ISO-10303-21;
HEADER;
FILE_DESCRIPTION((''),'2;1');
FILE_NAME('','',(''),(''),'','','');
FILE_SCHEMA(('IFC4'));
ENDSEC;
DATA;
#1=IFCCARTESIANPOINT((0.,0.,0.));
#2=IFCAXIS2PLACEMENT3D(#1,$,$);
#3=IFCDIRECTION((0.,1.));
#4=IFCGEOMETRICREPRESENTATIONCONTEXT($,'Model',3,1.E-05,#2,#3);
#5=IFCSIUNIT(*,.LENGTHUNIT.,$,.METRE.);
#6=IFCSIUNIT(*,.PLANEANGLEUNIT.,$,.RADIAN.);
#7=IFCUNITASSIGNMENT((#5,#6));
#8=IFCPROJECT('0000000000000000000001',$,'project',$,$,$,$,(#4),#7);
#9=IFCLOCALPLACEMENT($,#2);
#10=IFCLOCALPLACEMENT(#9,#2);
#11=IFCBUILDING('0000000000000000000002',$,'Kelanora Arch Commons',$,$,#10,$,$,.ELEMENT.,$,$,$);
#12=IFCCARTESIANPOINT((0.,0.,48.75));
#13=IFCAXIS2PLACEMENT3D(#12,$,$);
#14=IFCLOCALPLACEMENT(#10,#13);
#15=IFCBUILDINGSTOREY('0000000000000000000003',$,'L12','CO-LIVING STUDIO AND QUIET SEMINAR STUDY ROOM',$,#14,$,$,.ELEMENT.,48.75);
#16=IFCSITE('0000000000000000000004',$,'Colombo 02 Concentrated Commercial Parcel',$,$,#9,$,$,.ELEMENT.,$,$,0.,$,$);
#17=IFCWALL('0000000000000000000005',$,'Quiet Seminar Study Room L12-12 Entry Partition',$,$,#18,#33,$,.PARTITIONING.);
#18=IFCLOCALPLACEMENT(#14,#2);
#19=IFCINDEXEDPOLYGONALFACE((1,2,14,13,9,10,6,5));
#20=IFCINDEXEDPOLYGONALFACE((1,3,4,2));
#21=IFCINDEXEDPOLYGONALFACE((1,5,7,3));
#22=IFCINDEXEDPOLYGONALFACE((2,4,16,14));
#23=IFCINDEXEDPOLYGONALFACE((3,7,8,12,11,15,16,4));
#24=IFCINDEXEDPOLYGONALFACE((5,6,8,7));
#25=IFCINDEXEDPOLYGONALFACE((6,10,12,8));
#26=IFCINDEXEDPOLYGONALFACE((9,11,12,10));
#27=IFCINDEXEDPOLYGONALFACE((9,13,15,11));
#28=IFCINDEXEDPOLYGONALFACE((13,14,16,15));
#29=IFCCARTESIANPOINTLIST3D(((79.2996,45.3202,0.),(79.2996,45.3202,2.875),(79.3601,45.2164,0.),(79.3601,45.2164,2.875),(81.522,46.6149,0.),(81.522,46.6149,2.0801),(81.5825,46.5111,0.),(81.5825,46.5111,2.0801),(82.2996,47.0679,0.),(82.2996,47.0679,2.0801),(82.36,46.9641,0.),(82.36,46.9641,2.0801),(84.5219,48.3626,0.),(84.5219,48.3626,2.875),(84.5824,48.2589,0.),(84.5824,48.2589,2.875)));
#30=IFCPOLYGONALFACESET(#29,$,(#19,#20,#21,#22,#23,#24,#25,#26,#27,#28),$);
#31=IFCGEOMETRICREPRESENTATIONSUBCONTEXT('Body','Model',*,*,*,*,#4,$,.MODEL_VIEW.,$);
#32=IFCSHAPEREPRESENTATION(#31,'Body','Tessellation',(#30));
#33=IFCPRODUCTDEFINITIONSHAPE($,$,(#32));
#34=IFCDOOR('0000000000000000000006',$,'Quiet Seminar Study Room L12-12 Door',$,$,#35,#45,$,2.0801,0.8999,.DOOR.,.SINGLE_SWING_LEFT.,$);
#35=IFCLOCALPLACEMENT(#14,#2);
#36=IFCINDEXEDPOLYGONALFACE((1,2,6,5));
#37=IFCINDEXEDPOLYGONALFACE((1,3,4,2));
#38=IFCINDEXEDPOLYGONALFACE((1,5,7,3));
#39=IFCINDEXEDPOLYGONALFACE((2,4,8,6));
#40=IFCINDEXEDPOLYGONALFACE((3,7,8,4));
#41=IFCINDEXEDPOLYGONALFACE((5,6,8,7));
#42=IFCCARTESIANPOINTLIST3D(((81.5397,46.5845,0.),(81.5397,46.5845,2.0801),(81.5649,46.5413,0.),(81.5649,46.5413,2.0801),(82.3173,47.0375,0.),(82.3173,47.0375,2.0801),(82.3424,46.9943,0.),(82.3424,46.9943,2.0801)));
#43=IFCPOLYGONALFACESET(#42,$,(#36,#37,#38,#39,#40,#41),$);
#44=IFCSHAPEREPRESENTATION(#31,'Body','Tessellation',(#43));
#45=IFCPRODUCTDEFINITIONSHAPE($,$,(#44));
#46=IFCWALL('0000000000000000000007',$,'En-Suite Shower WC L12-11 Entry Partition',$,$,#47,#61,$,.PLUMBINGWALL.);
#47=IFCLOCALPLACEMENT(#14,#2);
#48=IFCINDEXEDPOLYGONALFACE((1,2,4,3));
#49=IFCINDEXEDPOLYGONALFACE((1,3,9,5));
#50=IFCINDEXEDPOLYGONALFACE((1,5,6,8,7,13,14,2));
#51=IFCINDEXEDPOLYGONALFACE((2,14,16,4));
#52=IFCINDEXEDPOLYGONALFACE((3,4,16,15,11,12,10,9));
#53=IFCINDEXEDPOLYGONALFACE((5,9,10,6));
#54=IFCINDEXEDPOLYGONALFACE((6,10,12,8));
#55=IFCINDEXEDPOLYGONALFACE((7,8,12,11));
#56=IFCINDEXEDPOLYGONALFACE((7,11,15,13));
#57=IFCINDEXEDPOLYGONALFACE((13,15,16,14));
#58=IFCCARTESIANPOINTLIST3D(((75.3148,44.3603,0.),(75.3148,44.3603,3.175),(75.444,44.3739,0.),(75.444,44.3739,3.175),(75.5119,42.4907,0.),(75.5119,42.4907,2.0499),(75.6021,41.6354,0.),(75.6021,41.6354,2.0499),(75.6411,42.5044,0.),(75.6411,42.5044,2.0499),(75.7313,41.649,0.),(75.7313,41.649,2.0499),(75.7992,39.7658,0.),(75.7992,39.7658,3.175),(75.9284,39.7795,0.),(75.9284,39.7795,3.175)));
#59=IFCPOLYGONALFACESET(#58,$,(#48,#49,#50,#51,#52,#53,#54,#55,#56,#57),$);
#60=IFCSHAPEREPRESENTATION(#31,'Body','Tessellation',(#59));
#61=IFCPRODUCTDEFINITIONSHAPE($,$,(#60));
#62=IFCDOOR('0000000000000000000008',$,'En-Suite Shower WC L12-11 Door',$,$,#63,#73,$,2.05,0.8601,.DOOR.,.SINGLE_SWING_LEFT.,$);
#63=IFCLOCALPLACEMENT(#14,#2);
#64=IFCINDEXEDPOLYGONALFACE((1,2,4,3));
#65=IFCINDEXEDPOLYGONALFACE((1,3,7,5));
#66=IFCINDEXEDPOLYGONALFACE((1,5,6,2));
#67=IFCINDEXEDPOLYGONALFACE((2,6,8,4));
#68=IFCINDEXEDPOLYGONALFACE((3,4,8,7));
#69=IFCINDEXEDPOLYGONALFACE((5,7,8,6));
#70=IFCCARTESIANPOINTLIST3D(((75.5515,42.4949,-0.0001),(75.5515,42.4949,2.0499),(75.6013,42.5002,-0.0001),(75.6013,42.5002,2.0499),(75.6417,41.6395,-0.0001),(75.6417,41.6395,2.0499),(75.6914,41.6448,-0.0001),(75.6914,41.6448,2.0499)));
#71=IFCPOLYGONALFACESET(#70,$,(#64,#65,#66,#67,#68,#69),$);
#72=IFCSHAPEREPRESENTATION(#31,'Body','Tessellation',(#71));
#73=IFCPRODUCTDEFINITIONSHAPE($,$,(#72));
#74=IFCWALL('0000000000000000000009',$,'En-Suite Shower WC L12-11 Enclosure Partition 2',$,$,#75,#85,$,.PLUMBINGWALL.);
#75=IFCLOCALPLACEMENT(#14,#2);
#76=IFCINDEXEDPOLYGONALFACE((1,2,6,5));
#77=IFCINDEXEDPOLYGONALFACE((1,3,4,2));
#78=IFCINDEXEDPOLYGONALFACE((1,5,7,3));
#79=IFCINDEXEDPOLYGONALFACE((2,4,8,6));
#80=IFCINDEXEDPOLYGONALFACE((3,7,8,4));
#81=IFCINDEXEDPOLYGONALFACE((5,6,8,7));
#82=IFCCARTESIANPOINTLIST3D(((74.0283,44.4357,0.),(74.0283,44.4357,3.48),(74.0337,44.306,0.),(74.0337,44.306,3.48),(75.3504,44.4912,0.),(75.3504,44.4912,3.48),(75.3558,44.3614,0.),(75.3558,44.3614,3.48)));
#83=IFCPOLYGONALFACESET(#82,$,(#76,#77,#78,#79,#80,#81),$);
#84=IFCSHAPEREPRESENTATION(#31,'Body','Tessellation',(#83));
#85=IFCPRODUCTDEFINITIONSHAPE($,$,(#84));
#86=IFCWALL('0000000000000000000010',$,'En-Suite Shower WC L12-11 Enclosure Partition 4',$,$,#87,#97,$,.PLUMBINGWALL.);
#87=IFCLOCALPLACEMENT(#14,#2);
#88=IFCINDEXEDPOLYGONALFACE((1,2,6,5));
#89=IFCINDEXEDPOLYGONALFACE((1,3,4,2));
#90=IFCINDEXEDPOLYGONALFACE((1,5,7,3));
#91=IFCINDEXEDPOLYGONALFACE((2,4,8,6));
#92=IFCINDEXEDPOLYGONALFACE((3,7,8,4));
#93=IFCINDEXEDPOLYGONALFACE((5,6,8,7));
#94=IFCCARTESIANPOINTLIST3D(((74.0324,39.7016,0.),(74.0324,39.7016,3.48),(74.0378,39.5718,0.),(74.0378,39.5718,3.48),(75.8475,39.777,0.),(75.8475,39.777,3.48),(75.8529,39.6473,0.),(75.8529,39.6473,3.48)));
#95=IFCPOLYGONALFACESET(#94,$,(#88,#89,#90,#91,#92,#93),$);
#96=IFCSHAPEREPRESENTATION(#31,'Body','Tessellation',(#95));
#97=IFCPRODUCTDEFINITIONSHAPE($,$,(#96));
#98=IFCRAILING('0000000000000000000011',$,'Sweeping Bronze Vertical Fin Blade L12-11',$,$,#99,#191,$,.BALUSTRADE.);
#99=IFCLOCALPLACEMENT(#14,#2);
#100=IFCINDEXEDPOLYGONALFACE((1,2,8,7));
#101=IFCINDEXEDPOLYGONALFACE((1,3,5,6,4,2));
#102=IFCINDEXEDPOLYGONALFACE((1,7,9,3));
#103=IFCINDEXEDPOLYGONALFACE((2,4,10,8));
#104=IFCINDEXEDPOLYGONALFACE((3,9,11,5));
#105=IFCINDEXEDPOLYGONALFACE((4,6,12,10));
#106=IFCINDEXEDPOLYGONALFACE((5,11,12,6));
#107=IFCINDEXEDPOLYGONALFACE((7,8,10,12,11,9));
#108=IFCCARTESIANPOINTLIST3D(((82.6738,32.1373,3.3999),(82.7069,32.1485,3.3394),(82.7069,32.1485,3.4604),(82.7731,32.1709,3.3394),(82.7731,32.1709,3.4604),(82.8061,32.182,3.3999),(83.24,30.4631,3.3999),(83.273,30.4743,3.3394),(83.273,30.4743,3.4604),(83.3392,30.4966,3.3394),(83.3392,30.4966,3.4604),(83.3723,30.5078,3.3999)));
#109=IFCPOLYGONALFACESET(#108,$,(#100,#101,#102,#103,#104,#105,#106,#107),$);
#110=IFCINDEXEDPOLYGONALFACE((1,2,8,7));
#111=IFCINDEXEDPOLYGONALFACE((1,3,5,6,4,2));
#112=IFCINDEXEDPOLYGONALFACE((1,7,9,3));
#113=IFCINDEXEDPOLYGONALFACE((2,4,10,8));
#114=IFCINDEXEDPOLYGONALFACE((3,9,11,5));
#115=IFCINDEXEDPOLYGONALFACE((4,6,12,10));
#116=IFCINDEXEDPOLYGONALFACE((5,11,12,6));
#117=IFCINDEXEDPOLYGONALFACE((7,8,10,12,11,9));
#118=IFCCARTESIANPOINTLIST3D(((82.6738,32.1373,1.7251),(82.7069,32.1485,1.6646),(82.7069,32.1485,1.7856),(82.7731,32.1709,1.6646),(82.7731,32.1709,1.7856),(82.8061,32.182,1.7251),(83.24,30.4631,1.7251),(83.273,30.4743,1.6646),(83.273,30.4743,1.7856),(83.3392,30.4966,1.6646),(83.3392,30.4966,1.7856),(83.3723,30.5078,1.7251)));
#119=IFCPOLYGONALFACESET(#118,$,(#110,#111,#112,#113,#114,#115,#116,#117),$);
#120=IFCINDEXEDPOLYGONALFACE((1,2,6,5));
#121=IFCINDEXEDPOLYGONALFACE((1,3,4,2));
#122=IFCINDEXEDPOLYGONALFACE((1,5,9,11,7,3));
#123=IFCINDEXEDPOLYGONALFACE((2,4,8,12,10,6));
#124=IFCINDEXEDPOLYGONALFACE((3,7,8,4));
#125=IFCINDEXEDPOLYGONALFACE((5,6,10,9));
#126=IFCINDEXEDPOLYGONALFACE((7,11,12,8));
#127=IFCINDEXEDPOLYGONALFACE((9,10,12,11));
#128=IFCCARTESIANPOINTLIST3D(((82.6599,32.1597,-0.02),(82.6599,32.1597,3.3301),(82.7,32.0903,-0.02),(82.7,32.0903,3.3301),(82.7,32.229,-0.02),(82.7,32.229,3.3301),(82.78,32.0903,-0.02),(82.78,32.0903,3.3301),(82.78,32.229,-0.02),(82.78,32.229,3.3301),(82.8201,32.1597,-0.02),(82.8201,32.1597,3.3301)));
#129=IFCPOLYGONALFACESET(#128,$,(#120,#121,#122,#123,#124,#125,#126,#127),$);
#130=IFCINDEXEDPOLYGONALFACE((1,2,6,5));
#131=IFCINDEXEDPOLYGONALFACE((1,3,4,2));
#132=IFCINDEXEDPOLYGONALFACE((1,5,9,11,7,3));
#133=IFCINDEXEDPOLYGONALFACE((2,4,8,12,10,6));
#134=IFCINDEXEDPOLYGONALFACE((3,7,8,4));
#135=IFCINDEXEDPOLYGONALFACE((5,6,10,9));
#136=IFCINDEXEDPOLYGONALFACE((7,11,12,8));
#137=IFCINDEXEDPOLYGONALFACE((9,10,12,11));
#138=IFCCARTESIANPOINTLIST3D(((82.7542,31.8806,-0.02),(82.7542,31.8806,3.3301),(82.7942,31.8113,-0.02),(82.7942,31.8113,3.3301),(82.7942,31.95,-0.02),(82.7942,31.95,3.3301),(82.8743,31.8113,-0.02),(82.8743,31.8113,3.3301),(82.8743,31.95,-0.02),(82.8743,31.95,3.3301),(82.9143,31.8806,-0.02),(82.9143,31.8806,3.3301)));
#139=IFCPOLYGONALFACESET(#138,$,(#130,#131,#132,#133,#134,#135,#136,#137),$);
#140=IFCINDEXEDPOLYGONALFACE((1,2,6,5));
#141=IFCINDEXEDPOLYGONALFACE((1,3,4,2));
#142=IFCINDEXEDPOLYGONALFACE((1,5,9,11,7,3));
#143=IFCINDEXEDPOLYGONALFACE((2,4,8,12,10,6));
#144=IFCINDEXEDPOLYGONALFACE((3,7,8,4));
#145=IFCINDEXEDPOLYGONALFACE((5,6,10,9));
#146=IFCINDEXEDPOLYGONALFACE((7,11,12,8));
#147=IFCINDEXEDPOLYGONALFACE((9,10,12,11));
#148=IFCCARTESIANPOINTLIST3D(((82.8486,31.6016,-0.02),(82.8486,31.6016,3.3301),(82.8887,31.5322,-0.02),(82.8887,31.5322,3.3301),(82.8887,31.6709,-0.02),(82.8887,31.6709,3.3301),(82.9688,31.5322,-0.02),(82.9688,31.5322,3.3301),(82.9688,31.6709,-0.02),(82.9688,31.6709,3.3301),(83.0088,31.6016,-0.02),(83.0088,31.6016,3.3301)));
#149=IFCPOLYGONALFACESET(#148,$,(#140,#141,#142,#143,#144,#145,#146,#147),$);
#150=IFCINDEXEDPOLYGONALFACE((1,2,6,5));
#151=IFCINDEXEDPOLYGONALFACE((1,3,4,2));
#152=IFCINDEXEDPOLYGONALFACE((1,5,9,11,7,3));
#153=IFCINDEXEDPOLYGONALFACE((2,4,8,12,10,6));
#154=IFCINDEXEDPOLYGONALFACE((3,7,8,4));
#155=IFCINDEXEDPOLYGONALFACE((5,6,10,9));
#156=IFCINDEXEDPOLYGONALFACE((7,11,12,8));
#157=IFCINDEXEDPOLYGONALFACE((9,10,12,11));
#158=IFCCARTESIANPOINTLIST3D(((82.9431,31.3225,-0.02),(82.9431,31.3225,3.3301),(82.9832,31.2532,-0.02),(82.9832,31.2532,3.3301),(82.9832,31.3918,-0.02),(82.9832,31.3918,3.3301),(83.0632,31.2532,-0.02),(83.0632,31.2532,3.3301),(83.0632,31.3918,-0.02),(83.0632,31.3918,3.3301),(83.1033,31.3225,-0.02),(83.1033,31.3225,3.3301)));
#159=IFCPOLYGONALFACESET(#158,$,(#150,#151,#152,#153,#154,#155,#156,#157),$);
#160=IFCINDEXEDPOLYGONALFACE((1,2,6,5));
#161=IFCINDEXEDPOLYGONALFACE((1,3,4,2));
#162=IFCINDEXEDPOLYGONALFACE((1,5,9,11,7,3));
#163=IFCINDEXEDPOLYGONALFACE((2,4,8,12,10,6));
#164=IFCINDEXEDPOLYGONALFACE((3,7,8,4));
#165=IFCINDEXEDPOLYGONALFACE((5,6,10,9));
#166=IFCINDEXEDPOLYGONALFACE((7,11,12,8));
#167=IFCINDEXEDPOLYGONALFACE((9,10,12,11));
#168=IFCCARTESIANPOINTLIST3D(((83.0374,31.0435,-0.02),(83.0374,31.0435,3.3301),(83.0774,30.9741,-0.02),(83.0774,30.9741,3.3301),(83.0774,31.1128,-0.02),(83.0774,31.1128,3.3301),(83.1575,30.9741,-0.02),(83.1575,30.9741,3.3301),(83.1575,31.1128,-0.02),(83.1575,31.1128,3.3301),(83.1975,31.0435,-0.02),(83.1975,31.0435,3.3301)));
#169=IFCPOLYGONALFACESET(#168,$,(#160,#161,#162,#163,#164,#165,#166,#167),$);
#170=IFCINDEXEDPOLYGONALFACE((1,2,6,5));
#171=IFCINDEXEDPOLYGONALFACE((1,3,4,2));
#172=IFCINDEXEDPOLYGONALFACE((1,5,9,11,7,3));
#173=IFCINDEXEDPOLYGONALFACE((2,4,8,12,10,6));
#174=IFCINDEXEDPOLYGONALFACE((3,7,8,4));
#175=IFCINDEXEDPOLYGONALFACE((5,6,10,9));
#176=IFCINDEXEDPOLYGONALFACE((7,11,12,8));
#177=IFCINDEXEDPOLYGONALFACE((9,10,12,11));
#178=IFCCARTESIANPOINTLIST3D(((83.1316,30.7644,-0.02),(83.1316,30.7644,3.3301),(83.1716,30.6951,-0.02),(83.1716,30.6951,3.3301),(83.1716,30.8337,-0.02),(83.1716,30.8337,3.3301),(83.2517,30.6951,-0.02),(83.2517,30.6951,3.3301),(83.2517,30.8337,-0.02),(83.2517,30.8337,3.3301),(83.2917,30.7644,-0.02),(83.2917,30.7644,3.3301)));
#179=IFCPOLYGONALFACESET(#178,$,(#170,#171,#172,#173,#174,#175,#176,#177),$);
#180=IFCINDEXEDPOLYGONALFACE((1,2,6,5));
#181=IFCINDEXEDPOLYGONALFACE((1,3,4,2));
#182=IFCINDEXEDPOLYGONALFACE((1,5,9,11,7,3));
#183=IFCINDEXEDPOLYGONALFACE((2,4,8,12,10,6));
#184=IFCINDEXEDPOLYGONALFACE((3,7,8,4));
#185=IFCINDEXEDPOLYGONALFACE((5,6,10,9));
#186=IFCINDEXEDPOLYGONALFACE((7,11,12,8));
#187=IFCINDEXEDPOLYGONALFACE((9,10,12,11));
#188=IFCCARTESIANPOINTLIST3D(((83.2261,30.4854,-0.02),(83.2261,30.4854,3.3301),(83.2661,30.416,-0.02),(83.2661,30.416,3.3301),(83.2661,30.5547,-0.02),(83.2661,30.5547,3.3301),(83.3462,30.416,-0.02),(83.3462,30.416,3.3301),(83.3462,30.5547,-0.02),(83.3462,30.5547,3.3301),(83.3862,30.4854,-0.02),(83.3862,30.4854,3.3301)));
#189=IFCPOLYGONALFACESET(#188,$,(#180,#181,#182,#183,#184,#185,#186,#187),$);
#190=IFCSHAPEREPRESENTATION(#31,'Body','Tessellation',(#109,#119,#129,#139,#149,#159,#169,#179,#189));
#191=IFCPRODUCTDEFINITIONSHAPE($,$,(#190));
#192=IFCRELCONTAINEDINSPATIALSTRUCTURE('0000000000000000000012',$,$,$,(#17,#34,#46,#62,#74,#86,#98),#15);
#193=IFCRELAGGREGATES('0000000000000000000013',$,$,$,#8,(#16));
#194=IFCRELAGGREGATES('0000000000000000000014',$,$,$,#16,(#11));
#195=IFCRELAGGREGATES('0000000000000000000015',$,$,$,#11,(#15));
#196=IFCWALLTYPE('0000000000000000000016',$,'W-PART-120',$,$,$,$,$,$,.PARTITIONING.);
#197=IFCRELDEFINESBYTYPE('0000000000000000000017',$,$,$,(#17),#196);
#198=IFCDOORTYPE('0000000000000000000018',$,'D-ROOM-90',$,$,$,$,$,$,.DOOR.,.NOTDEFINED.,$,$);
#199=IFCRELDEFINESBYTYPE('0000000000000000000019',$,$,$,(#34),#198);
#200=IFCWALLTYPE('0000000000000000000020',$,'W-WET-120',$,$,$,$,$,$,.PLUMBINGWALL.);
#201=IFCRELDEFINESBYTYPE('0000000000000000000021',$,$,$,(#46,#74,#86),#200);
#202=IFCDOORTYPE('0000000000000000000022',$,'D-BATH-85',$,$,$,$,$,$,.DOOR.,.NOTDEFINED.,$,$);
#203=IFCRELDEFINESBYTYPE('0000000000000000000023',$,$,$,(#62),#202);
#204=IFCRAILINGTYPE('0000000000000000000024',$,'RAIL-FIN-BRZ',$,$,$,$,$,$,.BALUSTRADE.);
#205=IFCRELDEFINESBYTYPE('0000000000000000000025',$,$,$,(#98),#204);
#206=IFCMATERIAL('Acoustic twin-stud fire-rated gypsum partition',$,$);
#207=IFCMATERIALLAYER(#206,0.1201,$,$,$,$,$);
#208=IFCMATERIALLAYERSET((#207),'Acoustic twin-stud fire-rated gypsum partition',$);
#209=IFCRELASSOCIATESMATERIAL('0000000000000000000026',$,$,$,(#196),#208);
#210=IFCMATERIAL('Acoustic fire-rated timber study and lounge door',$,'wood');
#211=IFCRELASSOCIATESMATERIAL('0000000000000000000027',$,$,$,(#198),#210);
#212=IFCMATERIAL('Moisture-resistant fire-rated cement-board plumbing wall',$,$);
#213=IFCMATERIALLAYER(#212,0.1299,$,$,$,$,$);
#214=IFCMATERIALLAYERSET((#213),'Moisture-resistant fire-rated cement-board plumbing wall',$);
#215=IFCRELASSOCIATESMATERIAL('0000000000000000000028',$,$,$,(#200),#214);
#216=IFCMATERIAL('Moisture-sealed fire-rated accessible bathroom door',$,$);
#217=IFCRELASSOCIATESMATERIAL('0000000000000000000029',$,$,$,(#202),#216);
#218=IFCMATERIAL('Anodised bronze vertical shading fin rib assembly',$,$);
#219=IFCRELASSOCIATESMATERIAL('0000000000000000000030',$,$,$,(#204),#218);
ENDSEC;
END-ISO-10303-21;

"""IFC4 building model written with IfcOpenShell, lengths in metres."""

from ifc_helpers import new_model, si_unit, direction, frame, frame_2d, origin, place, context, subcontext, project, spatial, polyline, rectangle, outline, extrude, material, layer, layer_set, type_object, element, fill, save


model = new_model("IFC4")

# Units and contexts
model_context = context("Model", 3, precision=1e-05, world=origin(), true_north=direction((0.0, 1.0)))
body_context = subcontext(model_context, "Body", "Model", "MODEL_VIEW")
ifc_project = project(units=[si_unit("LENGTHUNIT", "METRE"), si_unit("PLANEANGLEUNIT", "RADIAN")], contexts=[model_context])

# Site, building, storey
site_placement = place(None, origin())
site = spatial("IfcSite", under=ifc_project, at=site_placement, Name="Colombo 02 Concentrated Commercial Parcel", CompositionType="ELEMENT", RefElevation=0.0)
building_placement = place(site_placement, origin())
building = spatial("IfcBuilding", under=site, at=building_placement, Name="Kelanora Arch Commons", CompositionType="ELEMENT")
storey_placement = place(building_placement, frame((0.0, 0.0, 48.75)))
storey = spatial("IfcBuildingStorey", under=building, at=storey_placement, Name="L12", Description="CO-LIVING STUDIO AND QUIET SEMINAR STUDY ROOM", CompositionType="ELEMENT", Elevation=48.75)

# Walls, openings, doors
ifc_material_1 = material(Name="Acoustic twin-stud fire-rated gypsum partition")
ifc_layer_1 = layer(ifc_material_1, 0.1201)
ifc_layer_set_1 = layer_set([ifc_layer_1], Name="Acoustic twin-stud fire-rated gypsum partition")
wall_type_1 = type_object("IfcWallType", Name="W-PART-120", PredefinedType="PARTITIONING", material=ifc_layer_set_1)
wall_1_placement = place(storey_placement, frame((79.3298, 45.2683, 0.0), z_axis=(0.0, 0.0, 1.0), x_axis=(0.864062, 0.503386, 0.0)))
wall_1 = element("IfcWall", 1, at=wall_1_placement, inside=storey, type_object=wall_type_1, Name="Quiet Seminar Study Room L12-12 Entry Partition", PredefinedType="PARTITIONING", context=body_context, shape_type="SweptSolid", body=[
    extrude(rectangle(XDim=6.0439, YDim=0.1201, at=frame_2d((3.022, 0.0))), origin(), (0.0, 0.0, 1.0), 2.875),
])
opening_1_placement = place(wall_1_placement, frame((2.572, 0.0, 0.0)))
opening_1 = element("IfcOpeningElement", 2, at=opening_1_placement, cuts=wall_1, PredefinedType="OPENING", context=body_context, shape_type="SweptSolid", body=[
    extrude(rectangle(XDim=0.8999, YDim=2.0801, at=frame_2d((0.45, 1.04))), frame((0.0, 0.0701, 0.0), z_axis=(0.0, -1.0, 0.0), x_axis=(1.0, 0.0, 0.0)), (0.0, 0.0, 1.0), 0.1401),
])
ifc_material_2 = material(Name="Acoustic fire-rated timber study and lounge door", Category="wood")
door_type_1 = type_object("IfcDoorType", Name="D-ROOM-90", OperationType="NOTDEFINED", PredefinedType="DOOR", material=ifc_material_2)
door_1_placement = place(opening_1_placement, origin())
door_1 = element("IfcDoor", 3, at=door_1_placement, inside=storey, type_object=door_type_1, Name="Quiet Seminar Study Room L12-12 Door", OperationType="SINGLE_SWING_LEFT", OverallHeight=2.0801, OverallWidth=0.8999, PredefinedType="DOOR", context=body_context, shape_type="SweptSolid", body=[
    extrude(rectangle(XDim=0.8999, YDim=2.0801, at=frame_2d((0.45, 1.04))), frame((0.0, 0.0249, 0.0), z_axis=(0.0, -1.0, 0.0), x_axis=(1.0, 0.0, 0.0)), (0.0, 0.0, 1.0), 0.05),
])
fill(opening_1, door_1)
ifc_material_3 = material(Name="Moisture-resistant fire-rated cement-board plumbing wall")
ifc_layer_2 = layer(ifc_material_3, 0.1299)
ifc_layer_set_2 = layer_set([ifc_layer_2], Name="Moisture-resistant fire-rated cement-board plumbing wall")
wall_type_2 = type_object("IfcWallType", Name="W-WET-120", PredefinedType="PLUMBINGWALL", material=ifc_layer_set_2)
wall_2_placement = place(storey_placement, frame((75.3794, 44.3672, 0.0), z_axis=(0.0, 0.0, 1.0), x_axis=(0.104844, -0.994489, 0.0)))
wall_2 = element("IfcWall", 4, at=wall_2_placement, inside=storey, type_object=wall_type_2, Name="En-Suite Shower WC L12-11 Entry Partition", PredefinedType="PLUMBINGWALL", context=body_context, shape_type="SweptSolid", body=[
    extrude(rectangle(XDim=4.6199, YDim=0.1299, at=frame_2d((2.3101, 0.0))), origin(), (0.0, 0.0, 1.0), 3.175),
])
opening_2_placement = place(wall_2_placement, frame((1.8799, 0.0, 0.0)))
opening_2 = element("IfcOpeningElement", 5, at=opening_2_placement, cuts=wall_2, PredefinedType="OPENING", context=body_context, shape_type="SweptSolid", body=[
    extrude(rectangle(XDim=0.8601, YDim=2.05, at=frame_2d((0.4302, 1.0249))), frame((0.0, 0.075, 0.0), z_axis=(0.0, -1.0, 0.0), x_axis=(1.0, 0.0, 0.0)), (0.0, 0.0, 1.0), 0.1499),
])
ifc_material_4 = material(Name="Moisture-sealed fire-rated accessible bathroom door")
door_type_2 = type_object("IfcDoorType", Name="D-BATH-85", OperationType="NOTDEFINED", PredefinedType="DOOR", material=ifc_material_4)
door_2_placement = place(opening_2_placement, origin())
door_2 = element("IfcDoor", 6, at=door_2_placement, inside=storey, type_object=door_type_2, Name="En-Suite Shower WC L12-11 Door", OperationType="SINGLE_SWING_LEFT", OverallHeight=2.05, OverallWidth=0.8601, PredefinedType="DOOR", context=body_context, shape_type="SweptSolid", body=[
    extrude(rectangle(XDim=0.8601, YDim=2.05, at=frame_2d((0.4302, 1.0249))), frame((0.0, 0.0249, 0.0), z_axis=(0.0, -1.0, 0.0), x_axis=(1.0, 0.0, 0.0)), (0.0, 0.0, 1.0), 0.05),
])
fill(opening_2, door_2)

# Walls
wall_3_placement = place(storey_placement, frame((74.031, 44.3708, 0.0), z_axis=(0.0, 0.0, 1.0), x_axis=(0.999122, 0.041884, 0.0)))
element("IfcWall", 7, at=wall_3_placement, inside=storey, type_object=wall_type_2, Name="En-Suite Shower WC L12-11 Enclosure Partition 2", PredefinedType="PLUMBINGWALL", context=body_context, shape_type="SweptSolid", body=[
    extrude(rectangle(XDim=1.3232, YDim=0.1299, at=frame_2d((0.6616, 0.0))), origin(), (0.0, 0.0, 1.0), 3.48),
])
wall_4_placement = place(storey_placement, frame((75.8501, 39.7122, 0.0), z_axis=(0.0, 0.0, 1.0), x_axis=(-0.999137, -0.041524, 0.0)))
element("IfcWall", 8, at=wall_4_placement, inside=storey, type_object=wall_type_2, Name="En-Suite Shower WC L12-11 Enclosure Partition 4", PredefinedType="PLUMBINGWALL", context=body_context, shape_type="SweptSolid", body=[
    extrude(rectangle(XDim=1.8167, YDim=0.1299, at=frame_2d((0.9082, 0.0))), origin(), (0.0, 0.0, 1.0), 3.48),
])

# Railing
ifc_material_5 = material(Name="Anodised bronze vertical shading fin rib assembly")
railing_type = type_object("IfcRailingType", Name="RAIL-FIN-BRZ", PredefinedType="BALUSTRADE", material=ifc_material_5)
railing_placement = place(storey_placement, frame((82.74, 32.1597, -0.02)))
element("IfcRailing", 9, at=railing_placement, inside=storey, type_object=railing_type, Name="Sweeping Bronze Vertical Fin Blade L12-11", PredefinedType="BALUSTRADE", context=body_context, shape_type="SweptSolid", body=[
    extrude(outline(polyline([(0.0698, 0.0), (0.0349, 0.0605), (-0.0349, 0.0605), (-0.0698, 0.0), (-0.0349, -0.0605), (0.0349, -0.0605), (0.0698, 0.0)])), frame((0.0, 0.0, 3.4199), z_axis=(0.320327, -0.947307, 0.0), x_axis=(0.947307, 0.320327, 0.0)), (0.0, 0.0, 1.0), 1.7673),
    extrude(outline(polyline([(0.0698, 0.0), (0.0349, 0.0605), (-0.0349, 0.0605), (-0.0698, 0.0), (-0.0349, -0.0605), (0.0349, -0.0605), (0.0698, 0.0)])), frame((0.0, 0.0, 1.7451), z_axis=(0.320327, -0.947307, 0.0), x_axis=(0.947307, 0.320327, 0.0)), (0.0, 0.0, 1.0), 1.7673),
    extrude(outline(polyline([(0.0801, 0.0), (0.04, 0.0693), (-0.04, 0.0693), (-0.0801, 0.0), (-0.04, -0.0693), (0.04, -0.0693), (0.0801, 0.0)])), origin(), (0.0, 0.0, 1.0), 3.3501),
    extrude(outline(polyline([(0.0801, 0.0), (0.04, 0.0693), (-0.04, 0.0693), (-0.0801, 0.0), (-0.04, -0.0693), (0.04, -0.0693), (0.0801, 0.0)])), frame((0.0942, -0.2791, 0.0)), (0.0, 0.0, 1.0), 3.3501),
    extrude(outline(polyline([(0.0801, 0.0), (0.04, 0.0693), (-0.04, 0.0693), (-0.0801, 0.0), (-0.04, -0.0693), (0.04, -0.0693), (0.0801, 0.0)])), frame((0.1887, -0.5581, 0.0)), (0.0, 0.0, 1.0), 3.3501),
    extrude(outline(polyline([(0.0801, 0.0), (0.04, 0.0693), (-0.04, 0.0693), (-0.0801, 0.0), (-0.04, -0.0693), (0.04, -0.0693), (0.0801, 0.0)])), frame((0.2832, -0.8372, 0.0)), (0.0, 0.0, 1.0), 3.3501),
    extrude(outline(polyline([(0.0801, 0.0), (0.04, 0.0693), (-0.04, 0.0693), (-0.0801, 0.0), (-0.04, -0.0693), (0.04, -0.0693), (0.0801, 0.0)])), frame((0.3774, -1.1162, 0.0)), (0.0, 0.0, 1.0), 3.3501),
    extrude(outline(polyline([(0.0801, 0.0), (0.04, 0.0693), (-0.04, 0.0693), (-0.0801, 0.0), (-0.04, -0.0693), (0.04, -0.0693), (0.0801, 0.0)])), frame((0.4717, -1.3953, 0.0)), (0.0, 0.0, 1.0), 3.3501),
    extrude(outline(polyline([(0.0801, 0.0), (0.04, 0.0693), (-0.04, 0.0693), (-0.0801, 0.0), (-0.04, -0.0693), (0.04, -0.0693), (0.0801, 0.0)])), frame((0.5662, -1.6743, 0.0)), (0.0, 0.0, 1.0), 3.3501),
])

save(model, "model.ifc")
